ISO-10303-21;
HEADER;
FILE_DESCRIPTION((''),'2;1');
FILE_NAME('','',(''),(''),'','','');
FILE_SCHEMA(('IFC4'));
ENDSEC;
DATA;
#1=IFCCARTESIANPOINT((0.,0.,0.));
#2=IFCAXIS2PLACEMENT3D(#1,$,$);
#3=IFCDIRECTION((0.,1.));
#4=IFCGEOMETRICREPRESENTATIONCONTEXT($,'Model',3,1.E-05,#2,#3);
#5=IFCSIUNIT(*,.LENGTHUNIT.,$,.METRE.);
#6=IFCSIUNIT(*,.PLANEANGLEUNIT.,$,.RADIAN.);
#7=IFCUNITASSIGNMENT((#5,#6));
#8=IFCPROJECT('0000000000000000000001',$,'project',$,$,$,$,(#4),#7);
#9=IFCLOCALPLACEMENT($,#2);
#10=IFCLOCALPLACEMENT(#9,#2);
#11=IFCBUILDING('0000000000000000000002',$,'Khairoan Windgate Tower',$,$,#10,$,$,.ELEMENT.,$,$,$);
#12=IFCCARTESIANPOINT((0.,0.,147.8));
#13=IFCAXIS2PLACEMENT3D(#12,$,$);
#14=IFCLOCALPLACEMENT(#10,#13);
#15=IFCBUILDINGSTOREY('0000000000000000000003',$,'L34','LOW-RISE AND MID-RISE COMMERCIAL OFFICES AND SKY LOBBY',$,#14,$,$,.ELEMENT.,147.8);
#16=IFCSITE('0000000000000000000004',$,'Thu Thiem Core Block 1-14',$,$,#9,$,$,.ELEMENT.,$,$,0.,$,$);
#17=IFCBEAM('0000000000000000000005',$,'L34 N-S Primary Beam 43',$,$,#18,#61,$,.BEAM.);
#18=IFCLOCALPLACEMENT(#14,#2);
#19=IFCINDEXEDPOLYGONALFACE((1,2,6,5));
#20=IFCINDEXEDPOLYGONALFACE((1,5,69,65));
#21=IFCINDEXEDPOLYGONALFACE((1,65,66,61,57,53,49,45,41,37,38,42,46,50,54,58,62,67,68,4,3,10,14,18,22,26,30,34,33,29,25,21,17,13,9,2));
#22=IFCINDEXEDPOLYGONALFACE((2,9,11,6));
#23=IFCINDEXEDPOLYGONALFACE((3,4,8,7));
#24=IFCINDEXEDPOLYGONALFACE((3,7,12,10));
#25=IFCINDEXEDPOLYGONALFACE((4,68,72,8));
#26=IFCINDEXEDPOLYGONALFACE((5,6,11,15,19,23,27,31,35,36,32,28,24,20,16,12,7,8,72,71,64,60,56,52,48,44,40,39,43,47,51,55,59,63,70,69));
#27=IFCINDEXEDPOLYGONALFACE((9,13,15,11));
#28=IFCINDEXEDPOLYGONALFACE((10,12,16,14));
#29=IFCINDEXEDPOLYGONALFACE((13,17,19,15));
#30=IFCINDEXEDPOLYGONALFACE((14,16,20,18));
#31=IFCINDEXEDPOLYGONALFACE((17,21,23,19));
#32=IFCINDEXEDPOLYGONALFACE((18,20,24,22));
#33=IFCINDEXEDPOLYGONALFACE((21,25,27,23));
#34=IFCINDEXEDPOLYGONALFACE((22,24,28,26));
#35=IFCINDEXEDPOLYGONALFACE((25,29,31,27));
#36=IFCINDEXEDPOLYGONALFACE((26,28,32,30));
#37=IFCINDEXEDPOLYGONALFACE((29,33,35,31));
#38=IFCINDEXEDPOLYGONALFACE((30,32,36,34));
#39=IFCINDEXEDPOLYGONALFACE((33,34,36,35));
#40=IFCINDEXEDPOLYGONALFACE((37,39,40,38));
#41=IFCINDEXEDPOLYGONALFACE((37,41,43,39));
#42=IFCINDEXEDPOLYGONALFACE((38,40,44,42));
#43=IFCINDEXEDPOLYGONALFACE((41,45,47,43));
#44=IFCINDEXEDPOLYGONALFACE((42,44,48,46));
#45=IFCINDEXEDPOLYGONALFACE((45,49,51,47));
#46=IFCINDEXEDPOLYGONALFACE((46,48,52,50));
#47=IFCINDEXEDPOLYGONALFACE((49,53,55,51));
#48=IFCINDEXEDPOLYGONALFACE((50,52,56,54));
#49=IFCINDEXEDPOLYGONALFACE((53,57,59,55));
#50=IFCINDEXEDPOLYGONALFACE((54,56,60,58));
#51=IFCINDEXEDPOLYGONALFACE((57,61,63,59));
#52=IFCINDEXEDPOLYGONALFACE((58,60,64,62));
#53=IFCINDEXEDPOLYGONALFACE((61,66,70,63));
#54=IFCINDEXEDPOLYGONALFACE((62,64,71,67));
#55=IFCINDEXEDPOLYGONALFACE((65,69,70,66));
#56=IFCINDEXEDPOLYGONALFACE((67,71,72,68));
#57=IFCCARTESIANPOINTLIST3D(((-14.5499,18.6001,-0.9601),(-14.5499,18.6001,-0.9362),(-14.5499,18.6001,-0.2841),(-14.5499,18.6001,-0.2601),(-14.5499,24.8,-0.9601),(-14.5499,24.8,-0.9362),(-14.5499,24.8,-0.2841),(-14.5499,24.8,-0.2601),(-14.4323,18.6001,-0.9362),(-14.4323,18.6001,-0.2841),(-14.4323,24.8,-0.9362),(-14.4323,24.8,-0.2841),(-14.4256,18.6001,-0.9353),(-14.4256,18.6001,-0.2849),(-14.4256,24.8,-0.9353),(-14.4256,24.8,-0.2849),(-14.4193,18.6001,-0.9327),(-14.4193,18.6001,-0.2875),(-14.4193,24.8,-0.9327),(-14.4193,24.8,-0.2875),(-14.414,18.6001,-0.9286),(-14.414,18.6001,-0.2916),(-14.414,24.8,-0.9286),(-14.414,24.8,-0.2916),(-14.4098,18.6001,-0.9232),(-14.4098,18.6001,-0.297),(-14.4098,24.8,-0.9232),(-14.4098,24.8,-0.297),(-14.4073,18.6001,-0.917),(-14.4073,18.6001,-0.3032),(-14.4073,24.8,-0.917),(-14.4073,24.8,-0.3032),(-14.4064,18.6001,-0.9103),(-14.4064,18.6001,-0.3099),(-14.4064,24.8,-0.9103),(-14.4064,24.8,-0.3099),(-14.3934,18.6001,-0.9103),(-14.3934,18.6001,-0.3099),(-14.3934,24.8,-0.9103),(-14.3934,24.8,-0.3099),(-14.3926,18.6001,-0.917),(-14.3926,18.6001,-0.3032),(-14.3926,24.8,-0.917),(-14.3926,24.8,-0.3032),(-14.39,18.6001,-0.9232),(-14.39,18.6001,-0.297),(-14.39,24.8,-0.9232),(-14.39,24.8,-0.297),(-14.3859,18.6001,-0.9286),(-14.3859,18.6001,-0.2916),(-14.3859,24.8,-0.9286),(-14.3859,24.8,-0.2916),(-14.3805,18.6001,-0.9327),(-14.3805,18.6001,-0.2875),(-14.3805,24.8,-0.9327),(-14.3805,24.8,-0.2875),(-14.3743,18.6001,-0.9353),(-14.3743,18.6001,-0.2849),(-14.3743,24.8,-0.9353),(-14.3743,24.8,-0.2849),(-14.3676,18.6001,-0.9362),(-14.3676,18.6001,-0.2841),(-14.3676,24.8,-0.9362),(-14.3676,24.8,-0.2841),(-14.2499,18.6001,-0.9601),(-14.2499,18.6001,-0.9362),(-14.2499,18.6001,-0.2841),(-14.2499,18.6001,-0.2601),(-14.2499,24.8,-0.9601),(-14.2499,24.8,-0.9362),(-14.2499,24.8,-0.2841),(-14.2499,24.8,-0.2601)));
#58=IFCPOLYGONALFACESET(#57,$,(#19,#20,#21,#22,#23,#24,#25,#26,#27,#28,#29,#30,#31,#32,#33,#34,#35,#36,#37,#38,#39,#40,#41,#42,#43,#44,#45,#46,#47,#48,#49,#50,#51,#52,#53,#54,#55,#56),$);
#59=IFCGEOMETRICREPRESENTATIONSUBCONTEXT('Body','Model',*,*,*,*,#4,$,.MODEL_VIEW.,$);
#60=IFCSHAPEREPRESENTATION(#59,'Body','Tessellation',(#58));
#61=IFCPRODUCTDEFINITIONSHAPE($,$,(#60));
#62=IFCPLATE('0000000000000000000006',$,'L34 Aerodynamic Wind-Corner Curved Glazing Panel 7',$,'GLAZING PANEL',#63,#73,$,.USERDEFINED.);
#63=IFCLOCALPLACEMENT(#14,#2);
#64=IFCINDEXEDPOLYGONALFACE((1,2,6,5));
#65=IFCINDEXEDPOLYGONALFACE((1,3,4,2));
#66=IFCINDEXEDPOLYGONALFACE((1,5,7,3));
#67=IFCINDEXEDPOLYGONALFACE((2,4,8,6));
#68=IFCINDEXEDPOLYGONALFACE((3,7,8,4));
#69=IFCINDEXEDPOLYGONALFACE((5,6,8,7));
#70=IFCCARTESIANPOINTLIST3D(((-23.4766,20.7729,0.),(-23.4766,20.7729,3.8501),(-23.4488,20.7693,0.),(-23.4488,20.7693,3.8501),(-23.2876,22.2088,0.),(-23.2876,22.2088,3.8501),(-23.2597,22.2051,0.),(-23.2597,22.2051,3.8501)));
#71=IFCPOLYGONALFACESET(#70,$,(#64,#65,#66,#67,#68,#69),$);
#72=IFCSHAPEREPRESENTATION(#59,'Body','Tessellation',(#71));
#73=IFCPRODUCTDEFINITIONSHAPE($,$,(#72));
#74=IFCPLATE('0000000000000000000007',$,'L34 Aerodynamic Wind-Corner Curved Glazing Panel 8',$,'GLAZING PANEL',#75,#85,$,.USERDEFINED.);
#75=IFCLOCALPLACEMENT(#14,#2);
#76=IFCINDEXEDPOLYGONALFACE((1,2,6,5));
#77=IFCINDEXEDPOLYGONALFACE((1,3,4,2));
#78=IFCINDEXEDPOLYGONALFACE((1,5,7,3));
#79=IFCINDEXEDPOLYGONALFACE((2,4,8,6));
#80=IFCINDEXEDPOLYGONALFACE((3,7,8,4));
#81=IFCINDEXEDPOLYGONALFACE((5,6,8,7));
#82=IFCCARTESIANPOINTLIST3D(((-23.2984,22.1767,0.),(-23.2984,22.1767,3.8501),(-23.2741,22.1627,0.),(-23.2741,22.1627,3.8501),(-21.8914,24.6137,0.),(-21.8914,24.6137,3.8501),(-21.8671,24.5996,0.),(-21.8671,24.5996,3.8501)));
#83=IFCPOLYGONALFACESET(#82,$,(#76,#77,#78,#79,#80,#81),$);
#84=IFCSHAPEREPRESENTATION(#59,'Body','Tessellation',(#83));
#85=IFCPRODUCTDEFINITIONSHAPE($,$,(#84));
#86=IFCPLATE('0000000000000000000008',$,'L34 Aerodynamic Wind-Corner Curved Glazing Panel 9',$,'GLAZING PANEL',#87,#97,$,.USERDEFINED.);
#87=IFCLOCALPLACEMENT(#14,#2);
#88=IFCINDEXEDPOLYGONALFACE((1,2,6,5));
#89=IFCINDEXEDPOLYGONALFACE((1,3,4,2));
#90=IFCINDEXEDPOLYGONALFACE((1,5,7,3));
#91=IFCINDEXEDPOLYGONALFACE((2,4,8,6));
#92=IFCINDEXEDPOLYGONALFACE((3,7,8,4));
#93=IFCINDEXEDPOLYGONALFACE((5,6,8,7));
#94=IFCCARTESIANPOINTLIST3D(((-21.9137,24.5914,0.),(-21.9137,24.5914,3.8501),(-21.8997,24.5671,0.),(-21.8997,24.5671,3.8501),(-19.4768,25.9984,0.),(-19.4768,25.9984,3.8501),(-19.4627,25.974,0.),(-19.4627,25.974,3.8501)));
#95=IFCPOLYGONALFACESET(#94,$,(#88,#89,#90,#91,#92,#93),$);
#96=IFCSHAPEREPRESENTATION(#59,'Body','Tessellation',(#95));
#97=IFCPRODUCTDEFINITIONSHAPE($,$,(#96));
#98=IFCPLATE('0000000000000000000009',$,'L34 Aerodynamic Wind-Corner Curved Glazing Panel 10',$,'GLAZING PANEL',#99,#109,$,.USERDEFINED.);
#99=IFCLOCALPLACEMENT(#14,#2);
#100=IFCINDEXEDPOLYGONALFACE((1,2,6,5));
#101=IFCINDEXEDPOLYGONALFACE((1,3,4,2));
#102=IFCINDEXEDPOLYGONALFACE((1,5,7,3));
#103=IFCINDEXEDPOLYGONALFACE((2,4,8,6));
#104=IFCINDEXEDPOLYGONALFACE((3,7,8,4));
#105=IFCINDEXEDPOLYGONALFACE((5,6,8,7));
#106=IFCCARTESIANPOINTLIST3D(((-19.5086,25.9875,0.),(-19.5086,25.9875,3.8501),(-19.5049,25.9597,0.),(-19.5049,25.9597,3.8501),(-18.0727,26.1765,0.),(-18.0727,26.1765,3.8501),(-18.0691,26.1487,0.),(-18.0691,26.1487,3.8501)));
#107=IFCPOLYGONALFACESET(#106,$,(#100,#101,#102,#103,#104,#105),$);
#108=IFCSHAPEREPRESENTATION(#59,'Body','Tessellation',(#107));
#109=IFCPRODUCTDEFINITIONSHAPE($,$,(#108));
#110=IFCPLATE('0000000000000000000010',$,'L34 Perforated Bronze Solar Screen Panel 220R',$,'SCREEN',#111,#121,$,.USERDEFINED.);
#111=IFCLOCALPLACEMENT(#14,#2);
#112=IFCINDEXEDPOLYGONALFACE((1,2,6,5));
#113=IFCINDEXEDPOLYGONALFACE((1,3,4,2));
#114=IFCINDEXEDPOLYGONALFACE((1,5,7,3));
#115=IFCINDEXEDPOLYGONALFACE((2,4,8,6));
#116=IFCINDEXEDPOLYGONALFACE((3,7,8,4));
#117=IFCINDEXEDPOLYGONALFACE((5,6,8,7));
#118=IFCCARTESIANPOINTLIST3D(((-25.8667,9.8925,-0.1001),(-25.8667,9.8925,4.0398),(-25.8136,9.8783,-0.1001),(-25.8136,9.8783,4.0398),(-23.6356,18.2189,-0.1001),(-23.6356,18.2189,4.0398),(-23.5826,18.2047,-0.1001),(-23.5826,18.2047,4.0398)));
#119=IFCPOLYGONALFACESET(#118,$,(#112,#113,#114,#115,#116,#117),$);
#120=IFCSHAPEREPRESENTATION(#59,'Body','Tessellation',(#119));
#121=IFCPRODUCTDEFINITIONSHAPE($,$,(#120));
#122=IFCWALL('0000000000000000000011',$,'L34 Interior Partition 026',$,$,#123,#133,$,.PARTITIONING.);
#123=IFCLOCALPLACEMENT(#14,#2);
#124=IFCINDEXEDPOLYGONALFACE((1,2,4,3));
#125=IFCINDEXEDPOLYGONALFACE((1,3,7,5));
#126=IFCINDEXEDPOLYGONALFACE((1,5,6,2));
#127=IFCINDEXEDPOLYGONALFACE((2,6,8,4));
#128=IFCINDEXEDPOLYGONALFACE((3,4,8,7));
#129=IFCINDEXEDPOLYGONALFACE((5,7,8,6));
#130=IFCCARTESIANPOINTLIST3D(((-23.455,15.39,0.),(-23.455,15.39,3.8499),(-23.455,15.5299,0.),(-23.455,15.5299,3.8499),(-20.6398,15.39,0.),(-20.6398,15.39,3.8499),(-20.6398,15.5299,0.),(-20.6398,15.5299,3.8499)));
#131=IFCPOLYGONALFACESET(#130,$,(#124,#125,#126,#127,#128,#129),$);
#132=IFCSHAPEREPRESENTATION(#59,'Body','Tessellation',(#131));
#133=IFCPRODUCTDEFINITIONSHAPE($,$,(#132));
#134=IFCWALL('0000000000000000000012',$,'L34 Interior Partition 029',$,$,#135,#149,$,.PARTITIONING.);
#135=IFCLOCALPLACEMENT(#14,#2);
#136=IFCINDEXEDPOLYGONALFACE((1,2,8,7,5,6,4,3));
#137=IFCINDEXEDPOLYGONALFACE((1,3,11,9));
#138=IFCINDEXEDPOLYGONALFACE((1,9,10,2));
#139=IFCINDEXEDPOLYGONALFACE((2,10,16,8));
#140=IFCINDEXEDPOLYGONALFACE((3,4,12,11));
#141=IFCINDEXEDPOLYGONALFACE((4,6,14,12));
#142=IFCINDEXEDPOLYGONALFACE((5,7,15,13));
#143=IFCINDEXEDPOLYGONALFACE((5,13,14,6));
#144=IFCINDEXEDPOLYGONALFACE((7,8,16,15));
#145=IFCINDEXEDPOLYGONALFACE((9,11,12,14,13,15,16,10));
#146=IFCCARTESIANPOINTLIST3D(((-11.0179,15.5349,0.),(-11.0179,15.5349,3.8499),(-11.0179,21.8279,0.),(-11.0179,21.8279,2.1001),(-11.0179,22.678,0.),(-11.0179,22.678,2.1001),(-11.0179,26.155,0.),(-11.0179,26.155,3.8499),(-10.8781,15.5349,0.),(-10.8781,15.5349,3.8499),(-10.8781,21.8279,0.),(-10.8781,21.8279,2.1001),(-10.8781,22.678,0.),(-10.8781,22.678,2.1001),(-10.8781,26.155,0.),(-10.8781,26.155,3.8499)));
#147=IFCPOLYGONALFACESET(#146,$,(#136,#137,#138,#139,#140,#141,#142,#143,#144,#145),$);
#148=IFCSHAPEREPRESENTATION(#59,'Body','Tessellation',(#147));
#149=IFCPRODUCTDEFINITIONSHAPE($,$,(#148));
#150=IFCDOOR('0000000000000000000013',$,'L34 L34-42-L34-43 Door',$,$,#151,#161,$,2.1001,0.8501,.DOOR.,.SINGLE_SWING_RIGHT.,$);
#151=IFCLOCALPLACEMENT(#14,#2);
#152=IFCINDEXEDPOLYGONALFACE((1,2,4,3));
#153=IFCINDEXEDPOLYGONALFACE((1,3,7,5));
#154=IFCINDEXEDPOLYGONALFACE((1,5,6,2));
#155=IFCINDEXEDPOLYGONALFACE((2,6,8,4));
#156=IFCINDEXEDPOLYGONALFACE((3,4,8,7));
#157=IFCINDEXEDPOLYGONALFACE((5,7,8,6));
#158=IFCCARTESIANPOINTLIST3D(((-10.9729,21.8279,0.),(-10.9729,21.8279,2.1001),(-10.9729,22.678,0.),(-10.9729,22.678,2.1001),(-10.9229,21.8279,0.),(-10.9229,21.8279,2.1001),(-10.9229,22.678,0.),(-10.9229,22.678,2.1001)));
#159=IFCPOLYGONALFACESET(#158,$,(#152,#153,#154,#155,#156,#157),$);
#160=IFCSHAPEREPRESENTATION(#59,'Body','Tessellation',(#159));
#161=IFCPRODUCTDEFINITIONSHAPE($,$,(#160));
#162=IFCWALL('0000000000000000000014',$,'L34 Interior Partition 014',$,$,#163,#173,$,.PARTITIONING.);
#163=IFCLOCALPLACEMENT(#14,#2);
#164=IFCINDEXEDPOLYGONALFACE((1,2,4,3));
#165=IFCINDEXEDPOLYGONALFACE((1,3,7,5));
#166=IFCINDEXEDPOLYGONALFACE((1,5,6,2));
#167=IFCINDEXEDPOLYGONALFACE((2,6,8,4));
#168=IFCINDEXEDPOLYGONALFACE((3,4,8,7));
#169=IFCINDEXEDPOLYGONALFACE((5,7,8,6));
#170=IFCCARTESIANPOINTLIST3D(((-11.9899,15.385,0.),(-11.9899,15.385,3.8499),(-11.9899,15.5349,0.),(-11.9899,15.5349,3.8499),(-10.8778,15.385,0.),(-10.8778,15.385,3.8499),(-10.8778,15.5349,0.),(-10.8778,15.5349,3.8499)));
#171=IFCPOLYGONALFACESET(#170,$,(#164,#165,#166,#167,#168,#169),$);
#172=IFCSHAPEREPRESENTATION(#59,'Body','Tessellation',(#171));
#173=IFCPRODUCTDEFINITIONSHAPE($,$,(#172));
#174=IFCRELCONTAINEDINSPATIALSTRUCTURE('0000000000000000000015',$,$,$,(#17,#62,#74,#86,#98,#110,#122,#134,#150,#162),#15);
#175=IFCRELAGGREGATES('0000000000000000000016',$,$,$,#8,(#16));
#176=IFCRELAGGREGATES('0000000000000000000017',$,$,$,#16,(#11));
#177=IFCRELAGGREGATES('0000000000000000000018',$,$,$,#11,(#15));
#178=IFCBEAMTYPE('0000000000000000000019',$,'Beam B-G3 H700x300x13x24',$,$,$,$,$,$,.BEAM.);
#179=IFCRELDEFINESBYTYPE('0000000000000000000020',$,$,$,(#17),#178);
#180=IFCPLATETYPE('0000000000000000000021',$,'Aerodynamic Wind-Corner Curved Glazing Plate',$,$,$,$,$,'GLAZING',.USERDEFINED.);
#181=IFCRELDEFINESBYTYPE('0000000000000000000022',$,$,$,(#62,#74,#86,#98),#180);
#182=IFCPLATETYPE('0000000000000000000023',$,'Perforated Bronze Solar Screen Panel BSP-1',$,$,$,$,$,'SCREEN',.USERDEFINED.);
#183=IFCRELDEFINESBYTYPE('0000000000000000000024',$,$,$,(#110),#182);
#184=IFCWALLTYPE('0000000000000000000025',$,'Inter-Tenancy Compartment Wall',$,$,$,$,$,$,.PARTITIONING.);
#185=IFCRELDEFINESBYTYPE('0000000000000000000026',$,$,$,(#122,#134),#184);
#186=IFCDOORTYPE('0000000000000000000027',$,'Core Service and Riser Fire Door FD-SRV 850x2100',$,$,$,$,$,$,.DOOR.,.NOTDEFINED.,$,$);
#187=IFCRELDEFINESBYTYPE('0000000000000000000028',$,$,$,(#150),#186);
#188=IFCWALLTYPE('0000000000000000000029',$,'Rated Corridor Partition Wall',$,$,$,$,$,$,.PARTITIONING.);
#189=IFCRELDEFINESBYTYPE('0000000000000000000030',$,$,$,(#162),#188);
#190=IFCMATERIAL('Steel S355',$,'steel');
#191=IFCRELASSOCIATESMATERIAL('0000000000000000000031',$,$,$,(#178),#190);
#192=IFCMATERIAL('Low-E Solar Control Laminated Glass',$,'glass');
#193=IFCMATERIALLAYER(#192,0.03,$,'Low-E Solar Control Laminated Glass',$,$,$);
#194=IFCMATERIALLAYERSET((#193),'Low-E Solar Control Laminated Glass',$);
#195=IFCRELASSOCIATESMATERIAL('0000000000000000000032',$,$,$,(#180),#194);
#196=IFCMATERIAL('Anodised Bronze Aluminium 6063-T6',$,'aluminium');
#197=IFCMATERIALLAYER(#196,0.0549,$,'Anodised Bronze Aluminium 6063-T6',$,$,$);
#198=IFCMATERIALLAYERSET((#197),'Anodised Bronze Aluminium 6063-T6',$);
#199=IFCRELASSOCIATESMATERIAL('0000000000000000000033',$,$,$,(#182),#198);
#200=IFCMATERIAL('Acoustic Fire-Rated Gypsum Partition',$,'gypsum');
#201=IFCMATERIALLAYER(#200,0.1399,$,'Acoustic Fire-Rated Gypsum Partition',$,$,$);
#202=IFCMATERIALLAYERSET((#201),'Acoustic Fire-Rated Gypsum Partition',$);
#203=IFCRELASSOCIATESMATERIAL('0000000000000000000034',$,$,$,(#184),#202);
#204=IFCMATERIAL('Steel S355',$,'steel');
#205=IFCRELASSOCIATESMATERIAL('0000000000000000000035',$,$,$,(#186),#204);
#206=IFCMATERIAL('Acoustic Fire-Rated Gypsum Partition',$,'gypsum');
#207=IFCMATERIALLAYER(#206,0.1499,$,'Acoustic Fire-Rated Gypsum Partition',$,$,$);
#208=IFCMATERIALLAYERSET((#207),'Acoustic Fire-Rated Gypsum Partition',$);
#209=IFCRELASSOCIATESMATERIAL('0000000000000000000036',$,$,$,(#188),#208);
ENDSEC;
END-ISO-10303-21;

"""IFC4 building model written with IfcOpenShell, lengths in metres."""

from ifc_helpers import new_model, si_unit, direction, frame, frame_2d, origin, origin_2d, place, context, subcontext, project, spatial, rectangle, i_section, extrude, material, layer, layer_set, material_profile, profile_set, type_object, element, fill, save


model = new_model("IFC4")

# Units and contexts
model_context = context("Model", 3, precision=1e-05, world=origin(), true_north=direction((0.0, 1.0)))
body_context = subcontext(model_context, "Body", "Model", "MODEL_VIEW")
ifc_project = project(units=[si_unit("LENGTHUNIT", "METRE"), si_unit("PLANEANGLEUNIT", "RADIAN")], contexts=[model_context])

# Site, building, storey
site_placement = place(None, origin())
site = spatial("IfcSite", under=ifc_project, at=site_placement, Name="Thu Thiem Core Block 1-14", CompositionType="ELEMENT", RefElevation=0.0)
building_placement = place(site_placement, origin())
building = spatial("IfcBuilding", under=site, at=building_placement, Name="Khairoan Windgate Tower", CompositionType="ELEMENT")
storey_placement = place(building_placement, frame((0.0, 0.0, 147.8)))
storey = spatial("IfcBuildingStorey", under=building, at=storey_placement, Name="L34", Description="LOW-RISE AND MID-RISE COMMERCIAL OFFICES AND SKY LOBBY", CompositionType="ELEMENT", Elevation=147.8)

# Beam
ifc_material_1 = material(Name="Steel S355", Category="steel")
ifc_material_profile_1 = material_profile(ifc_material_1, i_section(OverallWidth=0.3, OverallDepth=0.7, WebThickness=0.0129, FlangeThickness=0.0239, FilletRadius=0.0259, at=origin_2d()))
ifc_profile_set_1 = profile_set([ifc_material_profile_1], Name="Steel S355")
beam_type = type_object("IfcBeamType", Name="Beam B-G3 H700x300x13x24", PredefinedType="BEAM", material=ifc_profile_set_1)
beam_1_placement = place(storey_placement, frame((-14.3999, 18.6001, -0.6101), z_axis=(0.0, 1.0, 0.0), x_axis=(-1.0, 0.0, 0.0)))
element("IfcBeam", 1, at=beam_1_placement, inside=storey, type_object=beam_type, Name="L34 N-S Primary Beam 43", PredefinedType="BEAM", context=body_context, shape_type="SweptSolid", body=[
    extrude(i_section(OverallWidth=0.3, OverallDepth=0.7, WebThickness=0.0129, FlangeThickness=0.0239, FilletRadius=0.0259, at=origin_2d()), origin(), (0.0, 0.0, 1.0), 6.2),
])

# Plates
ifc_material_2 = material(Name="Low-E Solar Control Laminated Glass", Category="glass")
ifc_layer_1 = layer(ifc_material_2, 0.03, Name="Low-E Solar Control Laminated Glass")
ifc_layer_set_1 = layer_set([ifc_layer_1], Name="Low-E Solar Control Laminated Glass")
plate_type_1 = type_object("IfcPlateType", Name="Aerodynamic Wind-Corner Curved Glazing Plate", ElementType="GLAZING", PredefinedType="USERDEFINED", material=ifc_layer_set_1)
plate_1_placement = place(storey_placement, frame((-23.3682, 21.489, 0.0), z_axis=(0.0, 0.0, 1.0), x_axis=(0.130526, 0.991445, 0.0)))
element("IfcPlate", 2, at=plate_1_placement, inside=storey, type_object=plate_type_1, Name="L34 Aerodynamic Wind-Corner Curved Glazing Panel 7", ObjectType="GLAZING PANEL", PredefinedType="USERDEFINED", context=body_context, shape_type="SweptSolid", body=[
    extrude(rectangle(XDim=1.4482, YDim=0.0281, at=origin_2d()), origin(), (0.0, 0.0, 1.0), 3.8501),
])
for number, where, z_axis, x_axis, name in (
    (3, (-22.5828, 23.3882, 0.0), (0.0, 0.0, 1.0), (0.5, 0.866025, 0.0), "L34 Aerodynamic Wind-Corner Curved Glazing Panel 8"),
    (4, (-20.6882, 25.2827, 0.0), (0.0, 0.0, 1.0), (0.866025, 0.5, 0.0), "L34 Aerodynamic Wind-Corner Curved Glazing Panel 9"),
):
    element("IfcPlate", number, at=place(storey_placement, frame(where, z_axis=z_axis, x_axis=x_axis)), inside=storey, type_object=plate_type_1, Name=name, ObjectType="GLAZING PANEL", PredefinedType="USERDEFINED", context=body_context, shape_type="SweptSolid", body=[
        extrude(rectangle(XDim=2.814, YDim=0.0281, at=origin_2d()), origin(), (0.0, 0.0, 1.0), 3.8501),
    ])
plate_2_placement = place(storey_placement, frame((-18.7888, 26.0681, 0.0), z_axis=(0.0, 0.0, 1.0), x_axis=(0.991445, 0.130526, 0.0)))
element("IfcPlate", 5, at=plate_2_placement, inside=storey, type_object=plate_type_1, Name="L34 Aerodynamic Wind-Corner Curved Glazing Panel 10", ObjectType="GLAZING PANEL", PredefinedType="USERDEFINED", context=body_context, shape_type="SweptSolid", body=[
    extrude(rectangle(XDim=1.4482, YDim=0.0281, at=origin_2d()), origin(), (0.0, 0.0, 1.0), 3.8501),
])

# Plate
ifc_material_3 = material(Name="Anodised Bronze Aluminium 6063-T6", Category="aluminium")
ifc_layer_2 = layer(ifc_material_3, 0.0549, Name="Anodised Bronze Aluminium 6063-T6")
ifc_layer_set_2 = layer_set([ifc_layer_2], Name="Anodised Bronze Aluminium 6063-T6")
plate_type_2 = type_object("IfcPlateType", Name="Perforated Bronze Solar Screen Panel BSP-1", ElementType="SCREEN", PredefinedType="USERDEFINED", material=ifc_layer_set_2)
plate_3_placement = place(storey_placement, frame((-24.7246, 14.0486, -0.1001), z_axis=(0.0, 0.0, 1.0), x_axis=(0.258819, 0.965926, 0.0)))
element("IfcPlate", 6, at=plate_3_placement, inside=storey, type_object=plate_type_2, Name="L34 Perforated Bronze Solar Screen Panel 220R", ObjectType="SCREEN", PredefinedType="USERDEFINED", context=body_context, shape_type="SweptSolid", body=[
    extrude(rectangle(XDim=8.6201, YDim=0.0549, at=origin_2d()), origin(), (0.0, 0.0, 1.0), 4.1399),
])

# Wall
ifc_material_4 = material(Name="Acoustic Fire-Rated Gypsum Partition", Category="gypsum")
ifc_layer_3 = layer(ifc_material_4, 0.1399, Name="Acoustic Fire-Rated Gypsum Partition")
ifc_layer_set_3 = layer_set([ifc_layer_3], Name="Acoustic Fire-Rated Gypsum Partition")
wall_type_1 = type_object("IfcWallType", Name="Inter-Tenancy Compartment Wall", PredefinedType="PARTITIONING", material=ifc_layer_set_3)
wall_1_placement = place(storey_placement, frame((-23.4551, 15.46, 0.0), z_axis=(0.0, 0.0, 1.0), x_axis=(1.0, 0.0, 0.0)))
element("IfcWall", 7, at=wall_1_placement, inside=storey, type_object=wall_type_1, Name="L34 Interior Partition 026", PredefinedType="PARTITIONING", context=body_context, shape_type="SweptSolid", body=[
    extrude(rectangle(XDim=2.8152, YDim=0.1399, at=frame_2d((1.4077, 0.0))), origin(), (0.0, 0.0, 1.0), 3.8499),
])

# Wall, opening, door
wall_2_placement = place(storey_placement, frame((-10.948, 15.5349, 0.0), z_axis=(0.0, 0.0, 1.0), x_axis=(0.0, 1.0, 0.0)))
wall_2 = element("IfcWall", 8, at=wall_2_placement, inside=storey, type_object=wall_type_1, Name="L34 Interior Partition 029", PredefinedType="PARTITIONING", context=body_context, shape_type="SweptSolid", body=[
    extrude(rectangle(XDim=10.6201, YDim=0.1399, at=frame_2d((5.3101, 0.0))), origin(), (0.0, 0.0, 1.0), 3.8499),
])
opening_1_placement = place(wall_2_placement, frame((6.293, 0.0, 0.0)))
opening_1 = element("IfcOpeningElement", 9, at=opening_1_placement, cuts=wall_2, PredefinedType="OPENING", context=body_context, shape_type="SweptSolid", body=[
    extrude(rectangle(XDim=0.8501, YDim=2.1001, at=frame_2d((0.425, 1.05))), frame((0.0, 0.0798, 0.0), z_axis=(0.0, -1.0, 0.0), x_axis=(1.0, 0.0, 0.0)), (0.0, 0.0, 1.0), 0.1599),
])
ifc_material_5 = material(Name="Steel S355", Category="steel")
door_type_1 = type_object("IfcDoorType", Name="Core Service and Riser Fire Door FD-SRV 850x2100", OperationType="NOTDEFINED", PredefinedType="DOOR", material=ifc_material_5)
door_1_placement = place(opening_1_placement, origin())
door_1 = element("IfcDoor", 10, at=door_1_placement, inside=storey, type_object=door_type_1, Name="L34 L34-42-L34-43 Door", OperationType="SINGLE_SWING_RIGHT", OverallHeight=2.1001, OverallWidth=0.8501, PredefinedType="DOOR", context=body_context, shape_type="SweptSolid", body=[
    extrude(rectangle(XDim=0.8501, YDim=2.1001, at=frame_2d((0.425, 1.05))), frame((0.0, 0.0249, 0.0), z_axis=(0.0, -1.0, 0.0), x_axis=(1.0, 0.0, 0.0)), (0.0, 0.0, 1.0), 0.05),
])
fill(opening_1, door_1)

# Wall
ifc_material_6 = material(Name="Acoustic Fire-Rated Gypsum Partition", Category="gypsum")
ifc_layer_4 = layer(ifc_material_6, 0.1499, Name="Acoustic Fire-Rated Gypsum Partition")
ifc_layer_set_4 = layer_set([ifc_layer_4], Name="Acoustic Fire-Rated Gypsum Partition")
wall_type_2 = type_object("IfcWallType", Name="Rated Corridor Partition Wall", PredefinedType="PARTITIONING", material=ifc_layer_set_4)
wall_3_placement = place(storey_placement, frame((-11.99, 15.46, 0.0), z_axis=(0.0, 0.0, 1.0), x_axis=(1.0, 0.0, 0.0)))
element("IfcWall", 11, at=wall_3_placement, inside=storey, type_object=wall_type_2, Name="L34 Interior Partition 014", PredefinedType="PARTITIONING", context=body_context, shape_type="SweptSolid", body=[
    extrude(rectangle(XDim=1.1121, YDim=0.1499, at=frame_2d((0.5562, 0.0))), origin(), (0.0, 0.0, 1.0), 3.8499),
])

save(model, "model.ifc")
